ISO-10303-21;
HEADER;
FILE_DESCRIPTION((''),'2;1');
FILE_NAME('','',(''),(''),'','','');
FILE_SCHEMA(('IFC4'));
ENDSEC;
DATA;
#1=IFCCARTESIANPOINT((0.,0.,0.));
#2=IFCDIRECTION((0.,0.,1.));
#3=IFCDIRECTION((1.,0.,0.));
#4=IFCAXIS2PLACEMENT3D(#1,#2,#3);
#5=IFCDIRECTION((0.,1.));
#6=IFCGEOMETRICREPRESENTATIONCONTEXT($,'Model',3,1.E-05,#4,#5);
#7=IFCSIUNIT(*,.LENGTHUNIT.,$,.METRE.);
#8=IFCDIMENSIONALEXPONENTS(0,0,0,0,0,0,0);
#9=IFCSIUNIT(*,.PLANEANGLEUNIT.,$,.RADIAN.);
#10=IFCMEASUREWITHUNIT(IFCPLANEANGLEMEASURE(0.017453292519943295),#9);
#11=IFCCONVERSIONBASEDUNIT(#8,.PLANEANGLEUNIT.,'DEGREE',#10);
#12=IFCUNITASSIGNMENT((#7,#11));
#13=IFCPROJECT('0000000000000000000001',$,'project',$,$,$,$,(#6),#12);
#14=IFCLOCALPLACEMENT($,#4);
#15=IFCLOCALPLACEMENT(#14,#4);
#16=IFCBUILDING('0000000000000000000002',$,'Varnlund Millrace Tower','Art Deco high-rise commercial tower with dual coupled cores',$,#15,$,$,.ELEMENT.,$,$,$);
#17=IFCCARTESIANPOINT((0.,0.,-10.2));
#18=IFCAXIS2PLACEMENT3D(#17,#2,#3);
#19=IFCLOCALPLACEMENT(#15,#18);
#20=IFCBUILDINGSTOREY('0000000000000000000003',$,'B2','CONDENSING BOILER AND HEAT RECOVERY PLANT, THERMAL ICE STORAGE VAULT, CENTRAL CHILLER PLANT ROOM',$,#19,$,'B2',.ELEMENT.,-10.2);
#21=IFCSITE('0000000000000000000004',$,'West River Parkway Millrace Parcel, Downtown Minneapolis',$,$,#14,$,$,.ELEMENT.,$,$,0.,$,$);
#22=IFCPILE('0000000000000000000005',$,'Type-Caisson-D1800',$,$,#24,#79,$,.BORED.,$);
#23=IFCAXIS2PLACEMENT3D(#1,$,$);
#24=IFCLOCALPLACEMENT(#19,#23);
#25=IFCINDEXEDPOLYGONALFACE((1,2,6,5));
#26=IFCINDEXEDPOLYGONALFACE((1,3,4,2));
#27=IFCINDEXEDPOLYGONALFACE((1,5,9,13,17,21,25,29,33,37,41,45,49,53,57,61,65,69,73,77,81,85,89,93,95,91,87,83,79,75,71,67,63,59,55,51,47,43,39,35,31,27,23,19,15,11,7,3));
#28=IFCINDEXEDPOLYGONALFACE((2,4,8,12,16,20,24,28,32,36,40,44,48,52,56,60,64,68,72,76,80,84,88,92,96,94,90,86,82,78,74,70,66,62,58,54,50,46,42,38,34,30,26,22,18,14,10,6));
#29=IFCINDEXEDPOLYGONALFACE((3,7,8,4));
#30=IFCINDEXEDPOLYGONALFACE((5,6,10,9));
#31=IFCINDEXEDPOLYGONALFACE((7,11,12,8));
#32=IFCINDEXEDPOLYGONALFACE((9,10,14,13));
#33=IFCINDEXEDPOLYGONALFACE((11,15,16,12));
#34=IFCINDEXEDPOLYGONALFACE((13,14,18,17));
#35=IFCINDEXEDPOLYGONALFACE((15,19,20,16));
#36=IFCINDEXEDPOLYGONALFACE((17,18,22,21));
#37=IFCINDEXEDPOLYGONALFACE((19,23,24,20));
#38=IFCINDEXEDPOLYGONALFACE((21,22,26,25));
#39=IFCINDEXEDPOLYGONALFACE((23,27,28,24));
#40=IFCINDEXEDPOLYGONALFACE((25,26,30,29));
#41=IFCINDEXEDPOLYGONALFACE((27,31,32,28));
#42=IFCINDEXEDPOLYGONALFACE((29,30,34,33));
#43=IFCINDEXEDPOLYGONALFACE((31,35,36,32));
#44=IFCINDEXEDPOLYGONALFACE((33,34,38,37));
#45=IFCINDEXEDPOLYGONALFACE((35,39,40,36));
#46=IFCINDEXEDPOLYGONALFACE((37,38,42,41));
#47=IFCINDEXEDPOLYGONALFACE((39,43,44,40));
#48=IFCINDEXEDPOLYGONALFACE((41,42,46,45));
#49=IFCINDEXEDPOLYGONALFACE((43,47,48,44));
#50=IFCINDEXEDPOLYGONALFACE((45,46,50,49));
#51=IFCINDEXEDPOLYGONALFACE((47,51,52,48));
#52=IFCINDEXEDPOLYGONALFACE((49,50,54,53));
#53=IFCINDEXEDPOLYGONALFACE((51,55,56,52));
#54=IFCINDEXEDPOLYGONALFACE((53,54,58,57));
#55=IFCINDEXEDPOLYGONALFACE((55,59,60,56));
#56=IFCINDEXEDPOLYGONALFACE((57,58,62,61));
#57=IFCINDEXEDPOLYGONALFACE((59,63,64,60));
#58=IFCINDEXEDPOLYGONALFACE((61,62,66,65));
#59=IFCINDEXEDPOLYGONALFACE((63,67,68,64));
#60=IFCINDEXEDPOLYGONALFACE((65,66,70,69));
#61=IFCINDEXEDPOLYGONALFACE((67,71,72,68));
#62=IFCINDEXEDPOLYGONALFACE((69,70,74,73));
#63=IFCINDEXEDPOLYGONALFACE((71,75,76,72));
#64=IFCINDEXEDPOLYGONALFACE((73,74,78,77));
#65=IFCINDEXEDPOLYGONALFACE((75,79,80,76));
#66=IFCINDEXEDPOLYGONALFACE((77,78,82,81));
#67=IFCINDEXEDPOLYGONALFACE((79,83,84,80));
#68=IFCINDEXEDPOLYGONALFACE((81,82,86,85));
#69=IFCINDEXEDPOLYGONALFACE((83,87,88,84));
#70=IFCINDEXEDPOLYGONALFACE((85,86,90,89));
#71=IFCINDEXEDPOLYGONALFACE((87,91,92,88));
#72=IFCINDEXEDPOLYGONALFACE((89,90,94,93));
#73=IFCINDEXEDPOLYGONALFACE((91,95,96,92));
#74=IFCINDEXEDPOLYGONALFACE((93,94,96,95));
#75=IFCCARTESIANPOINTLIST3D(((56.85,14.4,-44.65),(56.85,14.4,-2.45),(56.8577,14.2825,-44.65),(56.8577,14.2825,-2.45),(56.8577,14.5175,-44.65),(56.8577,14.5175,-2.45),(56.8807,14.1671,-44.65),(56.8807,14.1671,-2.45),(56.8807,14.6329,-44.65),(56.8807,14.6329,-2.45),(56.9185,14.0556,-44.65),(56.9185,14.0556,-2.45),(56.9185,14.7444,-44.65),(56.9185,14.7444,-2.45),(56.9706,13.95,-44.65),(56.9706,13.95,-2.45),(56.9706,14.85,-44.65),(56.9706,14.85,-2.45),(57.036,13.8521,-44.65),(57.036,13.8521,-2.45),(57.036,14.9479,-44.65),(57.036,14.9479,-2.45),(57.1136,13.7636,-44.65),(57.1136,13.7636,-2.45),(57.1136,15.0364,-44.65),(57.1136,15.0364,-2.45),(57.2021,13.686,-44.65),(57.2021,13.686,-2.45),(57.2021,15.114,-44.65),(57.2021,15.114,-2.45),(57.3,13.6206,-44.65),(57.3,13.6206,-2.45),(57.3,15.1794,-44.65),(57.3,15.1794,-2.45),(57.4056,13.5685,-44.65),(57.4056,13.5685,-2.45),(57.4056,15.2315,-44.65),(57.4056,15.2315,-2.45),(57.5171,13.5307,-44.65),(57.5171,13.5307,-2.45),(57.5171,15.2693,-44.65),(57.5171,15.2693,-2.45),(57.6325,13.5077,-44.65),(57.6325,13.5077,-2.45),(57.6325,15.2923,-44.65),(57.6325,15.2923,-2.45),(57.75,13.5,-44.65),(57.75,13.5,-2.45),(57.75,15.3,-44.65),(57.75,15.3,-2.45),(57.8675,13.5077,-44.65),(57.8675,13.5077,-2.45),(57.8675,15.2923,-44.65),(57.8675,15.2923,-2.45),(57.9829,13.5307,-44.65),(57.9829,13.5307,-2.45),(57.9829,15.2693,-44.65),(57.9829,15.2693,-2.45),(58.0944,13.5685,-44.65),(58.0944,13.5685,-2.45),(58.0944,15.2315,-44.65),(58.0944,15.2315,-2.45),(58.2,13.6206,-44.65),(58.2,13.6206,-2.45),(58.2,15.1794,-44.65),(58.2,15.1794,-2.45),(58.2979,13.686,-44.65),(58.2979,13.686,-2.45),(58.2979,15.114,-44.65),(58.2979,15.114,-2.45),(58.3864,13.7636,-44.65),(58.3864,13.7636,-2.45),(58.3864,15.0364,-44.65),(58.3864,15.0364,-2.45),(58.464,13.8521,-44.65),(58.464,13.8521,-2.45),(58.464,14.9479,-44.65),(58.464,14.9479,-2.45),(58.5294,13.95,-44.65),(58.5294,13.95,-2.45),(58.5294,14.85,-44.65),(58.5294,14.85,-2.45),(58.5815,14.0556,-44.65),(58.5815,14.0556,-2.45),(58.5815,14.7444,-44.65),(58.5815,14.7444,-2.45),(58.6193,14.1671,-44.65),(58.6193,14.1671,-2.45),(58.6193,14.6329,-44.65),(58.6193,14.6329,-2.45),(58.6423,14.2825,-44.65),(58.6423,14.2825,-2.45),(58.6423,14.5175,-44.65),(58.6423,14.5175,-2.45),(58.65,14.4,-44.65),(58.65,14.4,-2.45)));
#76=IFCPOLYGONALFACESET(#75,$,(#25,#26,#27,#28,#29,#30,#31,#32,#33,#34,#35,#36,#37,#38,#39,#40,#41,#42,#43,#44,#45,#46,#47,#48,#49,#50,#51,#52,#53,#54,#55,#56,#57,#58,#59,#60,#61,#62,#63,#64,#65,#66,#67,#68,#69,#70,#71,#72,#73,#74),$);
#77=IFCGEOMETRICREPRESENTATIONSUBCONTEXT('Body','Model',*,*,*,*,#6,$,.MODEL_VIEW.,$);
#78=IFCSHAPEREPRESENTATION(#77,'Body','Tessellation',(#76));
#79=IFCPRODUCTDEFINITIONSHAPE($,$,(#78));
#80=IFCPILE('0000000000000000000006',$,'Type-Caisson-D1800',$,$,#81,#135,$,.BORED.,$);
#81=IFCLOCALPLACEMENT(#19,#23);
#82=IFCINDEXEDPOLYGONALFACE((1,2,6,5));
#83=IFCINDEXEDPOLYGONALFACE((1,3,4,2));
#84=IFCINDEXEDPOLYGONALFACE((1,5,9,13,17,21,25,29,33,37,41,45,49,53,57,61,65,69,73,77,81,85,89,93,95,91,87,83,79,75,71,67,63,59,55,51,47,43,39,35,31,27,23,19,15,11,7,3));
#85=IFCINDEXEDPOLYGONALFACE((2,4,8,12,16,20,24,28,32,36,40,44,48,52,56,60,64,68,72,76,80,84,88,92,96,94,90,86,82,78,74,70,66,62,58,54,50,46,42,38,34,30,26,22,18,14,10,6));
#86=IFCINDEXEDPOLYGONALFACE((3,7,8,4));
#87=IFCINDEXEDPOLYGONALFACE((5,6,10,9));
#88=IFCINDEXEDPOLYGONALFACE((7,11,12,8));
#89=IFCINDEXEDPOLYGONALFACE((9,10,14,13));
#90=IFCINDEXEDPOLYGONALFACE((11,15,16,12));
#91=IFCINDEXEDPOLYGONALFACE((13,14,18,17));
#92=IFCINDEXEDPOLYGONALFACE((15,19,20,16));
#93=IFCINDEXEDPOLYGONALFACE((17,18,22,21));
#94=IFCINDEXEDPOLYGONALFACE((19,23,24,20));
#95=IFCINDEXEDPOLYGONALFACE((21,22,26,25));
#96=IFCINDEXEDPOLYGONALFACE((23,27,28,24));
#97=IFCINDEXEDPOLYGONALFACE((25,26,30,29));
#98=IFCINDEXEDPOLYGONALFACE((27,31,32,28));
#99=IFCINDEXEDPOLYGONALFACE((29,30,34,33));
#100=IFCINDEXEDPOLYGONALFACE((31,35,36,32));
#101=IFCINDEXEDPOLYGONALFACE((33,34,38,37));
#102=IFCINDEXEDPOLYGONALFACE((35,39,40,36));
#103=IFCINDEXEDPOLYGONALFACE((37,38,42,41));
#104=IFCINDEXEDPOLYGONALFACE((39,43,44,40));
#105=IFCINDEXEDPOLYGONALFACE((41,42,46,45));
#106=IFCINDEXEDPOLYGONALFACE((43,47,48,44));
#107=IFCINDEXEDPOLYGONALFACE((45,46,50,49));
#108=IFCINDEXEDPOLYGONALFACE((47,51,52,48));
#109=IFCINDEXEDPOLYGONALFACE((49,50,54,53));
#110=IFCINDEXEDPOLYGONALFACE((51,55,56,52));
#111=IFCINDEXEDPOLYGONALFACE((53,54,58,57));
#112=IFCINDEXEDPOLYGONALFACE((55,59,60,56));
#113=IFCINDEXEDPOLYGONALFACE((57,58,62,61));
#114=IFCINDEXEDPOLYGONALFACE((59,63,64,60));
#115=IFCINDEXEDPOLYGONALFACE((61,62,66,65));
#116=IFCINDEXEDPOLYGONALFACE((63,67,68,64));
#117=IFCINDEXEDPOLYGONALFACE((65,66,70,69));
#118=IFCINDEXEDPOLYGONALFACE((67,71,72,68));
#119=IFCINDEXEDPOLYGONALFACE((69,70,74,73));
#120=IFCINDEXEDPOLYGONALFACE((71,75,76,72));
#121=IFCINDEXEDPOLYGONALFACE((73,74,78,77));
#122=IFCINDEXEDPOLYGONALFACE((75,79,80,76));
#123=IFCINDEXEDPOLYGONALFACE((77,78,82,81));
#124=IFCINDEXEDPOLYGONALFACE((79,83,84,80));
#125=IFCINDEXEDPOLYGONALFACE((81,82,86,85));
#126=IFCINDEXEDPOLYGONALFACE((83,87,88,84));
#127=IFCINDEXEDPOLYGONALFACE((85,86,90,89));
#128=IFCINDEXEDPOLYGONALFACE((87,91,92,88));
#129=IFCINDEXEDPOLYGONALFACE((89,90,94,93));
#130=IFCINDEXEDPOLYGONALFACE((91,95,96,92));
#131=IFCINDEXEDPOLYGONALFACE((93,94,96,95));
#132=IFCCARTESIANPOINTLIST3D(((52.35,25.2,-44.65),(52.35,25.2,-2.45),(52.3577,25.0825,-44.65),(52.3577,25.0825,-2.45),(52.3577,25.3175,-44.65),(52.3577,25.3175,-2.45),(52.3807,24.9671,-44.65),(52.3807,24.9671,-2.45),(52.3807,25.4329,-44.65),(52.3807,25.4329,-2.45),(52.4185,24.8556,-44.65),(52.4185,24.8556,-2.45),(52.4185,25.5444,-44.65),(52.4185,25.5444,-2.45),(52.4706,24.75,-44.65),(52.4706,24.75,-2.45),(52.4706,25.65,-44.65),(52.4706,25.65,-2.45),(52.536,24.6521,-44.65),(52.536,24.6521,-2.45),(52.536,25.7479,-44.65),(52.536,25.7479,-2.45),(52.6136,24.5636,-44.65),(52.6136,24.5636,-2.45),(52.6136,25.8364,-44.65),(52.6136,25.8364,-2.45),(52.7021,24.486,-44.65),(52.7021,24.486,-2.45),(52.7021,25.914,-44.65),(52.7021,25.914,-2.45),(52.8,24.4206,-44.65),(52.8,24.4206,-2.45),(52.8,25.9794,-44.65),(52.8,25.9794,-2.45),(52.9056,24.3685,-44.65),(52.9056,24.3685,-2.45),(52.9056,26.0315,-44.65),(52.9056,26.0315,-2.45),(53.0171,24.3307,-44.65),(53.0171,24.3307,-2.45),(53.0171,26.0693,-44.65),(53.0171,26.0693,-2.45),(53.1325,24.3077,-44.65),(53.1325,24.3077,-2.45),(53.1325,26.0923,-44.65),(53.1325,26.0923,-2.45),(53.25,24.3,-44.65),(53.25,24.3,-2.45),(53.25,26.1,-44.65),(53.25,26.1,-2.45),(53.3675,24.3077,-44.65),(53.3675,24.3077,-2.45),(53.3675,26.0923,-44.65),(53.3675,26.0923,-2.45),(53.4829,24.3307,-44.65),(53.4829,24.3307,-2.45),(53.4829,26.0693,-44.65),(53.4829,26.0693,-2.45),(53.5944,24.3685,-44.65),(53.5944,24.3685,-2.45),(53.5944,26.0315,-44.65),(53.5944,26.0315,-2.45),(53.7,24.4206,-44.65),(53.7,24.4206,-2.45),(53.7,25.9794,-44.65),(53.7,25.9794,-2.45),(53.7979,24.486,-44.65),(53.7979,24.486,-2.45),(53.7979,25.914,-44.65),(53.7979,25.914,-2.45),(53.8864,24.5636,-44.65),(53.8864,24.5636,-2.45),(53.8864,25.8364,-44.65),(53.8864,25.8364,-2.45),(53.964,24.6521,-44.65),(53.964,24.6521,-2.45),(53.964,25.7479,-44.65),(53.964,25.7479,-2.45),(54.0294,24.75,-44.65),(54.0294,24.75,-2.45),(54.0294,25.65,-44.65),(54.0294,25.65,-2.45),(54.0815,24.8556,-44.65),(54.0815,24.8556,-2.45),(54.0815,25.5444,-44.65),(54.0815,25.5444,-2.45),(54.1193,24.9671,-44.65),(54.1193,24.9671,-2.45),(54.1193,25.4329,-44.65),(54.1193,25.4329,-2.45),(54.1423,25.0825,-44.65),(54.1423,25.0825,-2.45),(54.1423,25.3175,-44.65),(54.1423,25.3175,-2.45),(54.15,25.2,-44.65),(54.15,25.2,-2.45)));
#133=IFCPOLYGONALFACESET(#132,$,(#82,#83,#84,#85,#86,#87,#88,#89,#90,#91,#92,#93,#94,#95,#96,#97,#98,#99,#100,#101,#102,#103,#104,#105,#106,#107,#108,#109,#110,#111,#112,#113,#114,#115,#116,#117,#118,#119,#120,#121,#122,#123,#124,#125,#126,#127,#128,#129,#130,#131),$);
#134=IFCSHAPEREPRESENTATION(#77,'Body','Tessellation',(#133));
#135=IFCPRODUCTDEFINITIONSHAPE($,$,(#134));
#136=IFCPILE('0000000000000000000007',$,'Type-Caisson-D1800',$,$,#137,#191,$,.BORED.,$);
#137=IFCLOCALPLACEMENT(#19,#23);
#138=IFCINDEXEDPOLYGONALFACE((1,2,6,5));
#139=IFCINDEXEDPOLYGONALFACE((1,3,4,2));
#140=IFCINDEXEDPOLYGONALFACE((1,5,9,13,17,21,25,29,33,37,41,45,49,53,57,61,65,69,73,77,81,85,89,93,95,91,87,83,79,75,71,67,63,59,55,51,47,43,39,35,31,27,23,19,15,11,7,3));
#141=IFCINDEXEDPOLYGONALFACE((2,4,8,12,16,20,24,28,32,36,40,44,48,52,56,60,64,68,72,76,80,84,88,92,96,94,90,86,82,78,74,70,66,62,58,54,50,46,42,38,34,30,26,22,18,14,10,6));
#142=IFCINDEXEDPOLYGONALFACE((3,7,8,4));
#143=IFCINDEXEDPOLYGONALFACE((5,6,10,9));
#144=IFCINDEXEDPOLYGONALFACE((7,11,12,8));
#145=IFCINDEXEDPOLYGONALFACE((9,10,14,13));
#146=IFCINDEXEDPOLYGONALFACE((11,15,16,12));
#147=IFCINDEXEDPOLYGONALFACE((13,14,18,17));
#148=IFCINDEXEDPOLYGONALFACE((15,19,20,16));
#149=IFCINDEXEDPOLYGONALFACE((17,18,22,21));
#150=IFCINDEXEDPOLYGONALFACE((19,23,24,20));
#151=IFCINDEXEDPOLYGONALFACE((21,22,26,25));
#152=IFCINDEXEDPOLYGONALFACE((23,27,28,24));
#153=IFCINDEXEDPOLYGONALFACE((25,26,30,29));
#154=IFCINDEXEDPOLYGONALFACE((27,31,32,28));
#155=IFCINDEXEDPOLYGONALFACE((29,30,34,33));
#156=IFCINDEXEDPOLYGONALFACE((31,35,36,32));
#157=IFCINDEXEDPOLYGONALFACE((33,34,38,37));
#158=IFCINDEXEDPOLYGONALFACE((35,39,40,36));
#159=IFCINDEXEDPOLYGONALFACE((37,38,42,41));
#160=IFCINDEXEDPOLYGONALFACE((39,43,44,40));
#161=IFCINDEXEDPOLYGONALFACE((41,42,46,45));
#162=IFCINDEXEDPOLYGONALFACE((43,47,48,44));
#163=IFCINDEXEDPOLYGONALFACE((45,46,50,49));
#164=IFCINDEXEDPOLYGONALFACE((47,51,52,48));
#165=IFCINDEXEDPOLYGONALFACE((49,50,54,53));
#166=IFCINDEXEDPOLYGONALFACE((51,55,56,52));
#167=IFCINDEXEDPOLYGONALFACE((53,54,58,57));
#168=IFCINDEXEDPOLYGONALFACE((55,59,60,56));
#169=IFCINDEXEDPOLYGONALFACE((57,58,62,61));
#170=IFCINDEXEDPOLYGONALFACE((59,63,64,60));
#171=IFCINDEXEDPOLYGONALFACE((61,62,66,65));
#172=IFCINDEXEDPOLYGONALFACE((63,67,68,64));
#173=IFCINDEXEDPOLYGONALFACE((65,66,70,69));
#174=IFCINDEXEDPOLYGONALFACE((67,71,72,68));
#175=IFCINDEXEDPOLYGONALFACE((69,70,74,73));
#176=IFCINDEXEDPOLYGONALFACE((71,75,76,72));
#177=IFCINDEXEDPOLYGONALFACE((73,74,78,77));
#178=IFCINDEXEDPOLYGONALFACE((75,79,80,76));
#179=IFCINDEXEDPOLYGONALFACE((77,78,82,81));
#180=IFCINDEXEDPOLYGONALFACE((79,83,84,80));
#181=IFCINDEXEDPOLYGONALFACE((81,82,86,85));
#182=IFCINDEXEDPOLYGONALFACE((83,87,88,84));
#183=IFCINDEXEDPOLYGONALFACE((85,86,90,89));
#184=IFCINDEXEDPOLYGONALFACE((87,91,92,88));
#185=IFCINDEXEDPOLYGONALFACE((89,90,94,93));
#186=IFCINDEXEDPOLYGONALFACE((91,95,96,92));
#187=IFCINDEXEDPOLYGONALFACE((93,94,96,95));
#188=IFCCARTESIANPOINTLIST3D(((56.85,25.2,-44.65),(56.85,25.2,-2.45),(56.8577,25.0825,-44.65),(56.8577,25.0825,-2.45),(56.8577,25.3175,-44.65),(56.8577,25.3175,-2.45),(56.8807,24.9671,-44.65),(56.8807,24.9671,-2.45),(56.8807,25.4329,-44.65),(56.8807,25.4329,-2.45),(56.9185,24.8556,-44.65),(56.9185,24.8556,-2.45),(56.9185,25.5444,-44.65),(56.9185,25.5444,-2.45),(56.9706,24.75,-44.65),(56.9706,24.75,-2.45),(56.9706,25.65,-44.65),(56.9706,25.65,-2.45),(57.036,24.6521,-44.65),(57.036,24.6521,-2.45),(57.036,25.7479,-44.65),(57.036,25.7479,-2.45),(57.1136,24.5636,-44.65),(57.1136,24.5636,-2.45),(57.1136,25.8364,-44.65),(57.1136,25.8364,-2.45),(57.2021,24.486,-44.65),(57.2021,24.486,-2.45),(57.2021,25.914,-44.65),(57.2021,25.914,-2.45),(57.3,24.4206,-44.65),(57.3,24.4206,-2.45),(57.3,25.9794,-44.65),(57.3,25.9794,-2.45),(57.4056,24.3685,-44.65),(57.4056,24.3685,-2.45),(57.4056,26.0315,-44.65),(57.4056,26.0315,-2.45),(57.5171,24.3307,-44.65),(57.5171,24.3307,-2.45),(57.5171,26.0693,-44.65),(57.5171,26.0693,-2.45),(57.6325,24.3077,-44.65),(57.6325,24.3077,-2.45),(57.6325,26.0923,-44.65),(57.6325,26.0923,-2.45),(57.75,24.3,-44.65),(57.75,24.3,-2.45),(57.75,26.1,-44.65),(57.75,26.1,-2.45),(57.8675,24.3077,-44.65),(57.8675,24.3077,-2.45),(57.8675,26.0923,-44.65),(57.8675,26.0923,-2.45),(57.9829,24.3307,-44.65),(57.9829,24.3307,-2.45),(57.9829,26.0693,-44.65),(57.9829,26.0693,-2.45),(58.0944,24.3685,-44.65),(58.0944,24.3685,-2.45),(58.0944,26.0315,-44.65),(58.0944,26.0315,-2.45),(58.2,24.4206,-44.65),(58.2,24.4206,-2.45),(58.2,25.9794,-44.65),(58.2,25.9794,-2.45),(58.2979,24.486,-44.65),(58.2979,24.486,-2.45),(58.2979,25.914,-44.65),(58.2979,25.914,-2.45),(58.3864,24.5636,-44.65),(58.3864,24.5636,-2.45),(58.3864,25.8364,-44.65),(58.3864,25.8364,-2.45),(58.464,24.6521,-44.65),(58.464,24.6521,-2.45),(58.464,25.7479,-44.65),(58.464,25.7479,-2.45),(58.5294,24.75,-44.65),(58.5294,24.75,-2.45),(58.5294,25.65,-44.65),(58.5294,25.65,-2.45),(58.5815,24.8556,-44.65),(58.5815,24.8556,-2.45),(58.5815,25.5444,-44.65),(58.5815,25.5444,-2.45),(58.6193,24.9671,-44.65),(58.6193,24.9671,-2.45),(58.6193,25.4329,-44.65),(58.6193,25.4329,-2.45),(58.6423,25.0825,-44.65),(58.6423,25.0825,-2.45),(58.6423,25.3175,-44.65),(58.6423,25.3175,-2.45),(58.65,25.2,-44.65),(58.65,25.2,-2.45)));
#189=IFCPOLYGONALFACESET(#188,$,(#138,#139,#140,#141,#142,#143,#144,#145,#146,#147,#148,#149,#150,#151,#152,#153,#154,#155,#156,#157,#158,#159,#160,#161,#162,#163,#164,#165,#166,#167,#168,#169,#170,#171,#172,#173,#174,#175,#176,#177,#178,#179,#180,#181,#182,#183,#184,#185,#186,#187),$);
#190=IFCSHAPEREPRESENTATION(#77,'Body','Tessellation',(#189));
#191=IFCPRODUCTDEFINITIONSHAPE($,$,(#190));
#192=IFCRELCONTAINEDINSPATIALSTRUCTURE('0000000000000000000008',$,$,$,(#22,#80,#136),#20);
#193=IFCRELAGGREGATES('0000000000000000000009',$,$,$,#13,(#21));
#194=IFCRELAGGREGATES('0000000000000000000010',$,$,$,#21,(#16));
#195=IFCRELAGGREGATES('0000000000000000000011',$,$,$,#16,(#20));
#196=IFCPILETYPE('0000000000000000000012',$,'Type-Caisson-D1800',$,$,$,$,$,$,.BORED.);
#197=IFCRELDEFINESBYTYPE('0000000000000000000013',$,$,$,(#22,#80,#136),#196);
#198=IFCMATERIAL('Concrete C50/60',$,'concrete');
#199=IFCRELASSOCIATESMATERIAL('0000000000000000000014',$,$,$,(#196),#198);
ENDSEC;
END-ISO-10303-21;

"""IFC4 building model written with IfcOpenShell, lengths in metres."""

from ifc_helpers import new_model, entity, si_unit, converted_unit, direction, frame, origin_with_axes, origin_2d_with_axis, place, context, subcontext, project, spatial, circle, extrude, material, material_profile, profile_set, type_object, element, save


model = new_model("IFC4")

# Units and contexts
model_context = context("Model", 3, precision=1e-05, world=origin_with_axes(), true_north=direction((0.0, 1.0)))
body_context = subcontext(model_context, "Body", "Model", "MODEL_VIEW")
ifc_project = project(units=[si_unit("LENGTHUNIT", "METRE"), converted_unit("PLANEANGLEUNIT", "DEGREE", entity("IfcPlaneAngleMeasure", 0.017453292519943295), si_unit("PLANEANGLEUNIT", "RADIAN"), dimensions=[0, 0, 0, 0, 0, 0, 0])], contexts=[model_context])

# Site, building, storey
site_placement = place(None, origin_with_axes())
site = spatial("IfcSite", under=ifc_project, at=site_placement, Name="West River Parkway Millrace Parcel, Downtown Minneapolis", CompositionType="ELEMENT", RefElevation=0.0)
building_placement = place(site_placement, origin_with_axes())
building = spatial("IfcBuilding", under=site, at=building_placement, Name="Varnlund Millrace Tower", Description="Art Deco high-rise commercial tower with dual coupled cores", CompositionType="ELEMENT")
storey_placement = place(building_placement, frame((0.0, 0.0, -10.2), z_axis=(0.0, 0.0, 1.0), x_axis=(1.0, 0.0, 0.0)))
storey = spatial("IfcBuildingStorey", under=building, at=storey_placement, Name="B2", Description="CONDENSING BOILER AND HEAT RECOVERY PLANT, THERMAL ICE STORAGE VAULT, CENTRAL CHILLER PLANT ROOM", LongName="B2", CompositionType="ELEMENT", Elevation=-10.2)

# Piles
ifc_material = material(Name="Concrete C50/60", Category="concrete")
ifc_material_profile_1 = material_profile(ifc_material, circle(Radius=0.9, at=origin_2d_with_axis()), Name="Concrete C50/60")
ifc_profile_set_1 = profile_set([ifc_material_profile_1], Name="Concrete C50/60")
pile_type_1 = type_object("IfcPileType", Name="Type-Caisson-D1800", PredefinedType="BORED", material=ifc_profile_set_1)
for number, where, z_axis, x_axis, name in (
    (1, (57.75, 14.4, -44.65), (0.0, 0.0, 1.0), (1.0, 0.0, 0.0), "Type-Caisson-D1800"),
    (2, (53.25, 25.2, -44.65), (0.0, 0.0, 1.0), (1.0, 0.0, 0.0), "Type-Caisson-D1800"),
    (3, (57.75, 25.2, -44.65), (0.0, 0.0, 1.0), (1.0, 0.0, 0.0), "Type-Caisson-D1800"),
):
    element("IfcPile", number, at=place(storey_placement, frame(where, z_axis=z_axis, x_axis=x_axis)), inside=storey, type_object=pile_type_1, Name=name, PredefinedType="BORED", context=body_context, shape_type="SweptSolid", body=[
        extrude(circle(Radius=0.9, at=origin_2d_with_axis()), origin_with_axes(), (0.0, 0.0, 1.0), 42.2),
    ])

save(model, "model.ifc")
